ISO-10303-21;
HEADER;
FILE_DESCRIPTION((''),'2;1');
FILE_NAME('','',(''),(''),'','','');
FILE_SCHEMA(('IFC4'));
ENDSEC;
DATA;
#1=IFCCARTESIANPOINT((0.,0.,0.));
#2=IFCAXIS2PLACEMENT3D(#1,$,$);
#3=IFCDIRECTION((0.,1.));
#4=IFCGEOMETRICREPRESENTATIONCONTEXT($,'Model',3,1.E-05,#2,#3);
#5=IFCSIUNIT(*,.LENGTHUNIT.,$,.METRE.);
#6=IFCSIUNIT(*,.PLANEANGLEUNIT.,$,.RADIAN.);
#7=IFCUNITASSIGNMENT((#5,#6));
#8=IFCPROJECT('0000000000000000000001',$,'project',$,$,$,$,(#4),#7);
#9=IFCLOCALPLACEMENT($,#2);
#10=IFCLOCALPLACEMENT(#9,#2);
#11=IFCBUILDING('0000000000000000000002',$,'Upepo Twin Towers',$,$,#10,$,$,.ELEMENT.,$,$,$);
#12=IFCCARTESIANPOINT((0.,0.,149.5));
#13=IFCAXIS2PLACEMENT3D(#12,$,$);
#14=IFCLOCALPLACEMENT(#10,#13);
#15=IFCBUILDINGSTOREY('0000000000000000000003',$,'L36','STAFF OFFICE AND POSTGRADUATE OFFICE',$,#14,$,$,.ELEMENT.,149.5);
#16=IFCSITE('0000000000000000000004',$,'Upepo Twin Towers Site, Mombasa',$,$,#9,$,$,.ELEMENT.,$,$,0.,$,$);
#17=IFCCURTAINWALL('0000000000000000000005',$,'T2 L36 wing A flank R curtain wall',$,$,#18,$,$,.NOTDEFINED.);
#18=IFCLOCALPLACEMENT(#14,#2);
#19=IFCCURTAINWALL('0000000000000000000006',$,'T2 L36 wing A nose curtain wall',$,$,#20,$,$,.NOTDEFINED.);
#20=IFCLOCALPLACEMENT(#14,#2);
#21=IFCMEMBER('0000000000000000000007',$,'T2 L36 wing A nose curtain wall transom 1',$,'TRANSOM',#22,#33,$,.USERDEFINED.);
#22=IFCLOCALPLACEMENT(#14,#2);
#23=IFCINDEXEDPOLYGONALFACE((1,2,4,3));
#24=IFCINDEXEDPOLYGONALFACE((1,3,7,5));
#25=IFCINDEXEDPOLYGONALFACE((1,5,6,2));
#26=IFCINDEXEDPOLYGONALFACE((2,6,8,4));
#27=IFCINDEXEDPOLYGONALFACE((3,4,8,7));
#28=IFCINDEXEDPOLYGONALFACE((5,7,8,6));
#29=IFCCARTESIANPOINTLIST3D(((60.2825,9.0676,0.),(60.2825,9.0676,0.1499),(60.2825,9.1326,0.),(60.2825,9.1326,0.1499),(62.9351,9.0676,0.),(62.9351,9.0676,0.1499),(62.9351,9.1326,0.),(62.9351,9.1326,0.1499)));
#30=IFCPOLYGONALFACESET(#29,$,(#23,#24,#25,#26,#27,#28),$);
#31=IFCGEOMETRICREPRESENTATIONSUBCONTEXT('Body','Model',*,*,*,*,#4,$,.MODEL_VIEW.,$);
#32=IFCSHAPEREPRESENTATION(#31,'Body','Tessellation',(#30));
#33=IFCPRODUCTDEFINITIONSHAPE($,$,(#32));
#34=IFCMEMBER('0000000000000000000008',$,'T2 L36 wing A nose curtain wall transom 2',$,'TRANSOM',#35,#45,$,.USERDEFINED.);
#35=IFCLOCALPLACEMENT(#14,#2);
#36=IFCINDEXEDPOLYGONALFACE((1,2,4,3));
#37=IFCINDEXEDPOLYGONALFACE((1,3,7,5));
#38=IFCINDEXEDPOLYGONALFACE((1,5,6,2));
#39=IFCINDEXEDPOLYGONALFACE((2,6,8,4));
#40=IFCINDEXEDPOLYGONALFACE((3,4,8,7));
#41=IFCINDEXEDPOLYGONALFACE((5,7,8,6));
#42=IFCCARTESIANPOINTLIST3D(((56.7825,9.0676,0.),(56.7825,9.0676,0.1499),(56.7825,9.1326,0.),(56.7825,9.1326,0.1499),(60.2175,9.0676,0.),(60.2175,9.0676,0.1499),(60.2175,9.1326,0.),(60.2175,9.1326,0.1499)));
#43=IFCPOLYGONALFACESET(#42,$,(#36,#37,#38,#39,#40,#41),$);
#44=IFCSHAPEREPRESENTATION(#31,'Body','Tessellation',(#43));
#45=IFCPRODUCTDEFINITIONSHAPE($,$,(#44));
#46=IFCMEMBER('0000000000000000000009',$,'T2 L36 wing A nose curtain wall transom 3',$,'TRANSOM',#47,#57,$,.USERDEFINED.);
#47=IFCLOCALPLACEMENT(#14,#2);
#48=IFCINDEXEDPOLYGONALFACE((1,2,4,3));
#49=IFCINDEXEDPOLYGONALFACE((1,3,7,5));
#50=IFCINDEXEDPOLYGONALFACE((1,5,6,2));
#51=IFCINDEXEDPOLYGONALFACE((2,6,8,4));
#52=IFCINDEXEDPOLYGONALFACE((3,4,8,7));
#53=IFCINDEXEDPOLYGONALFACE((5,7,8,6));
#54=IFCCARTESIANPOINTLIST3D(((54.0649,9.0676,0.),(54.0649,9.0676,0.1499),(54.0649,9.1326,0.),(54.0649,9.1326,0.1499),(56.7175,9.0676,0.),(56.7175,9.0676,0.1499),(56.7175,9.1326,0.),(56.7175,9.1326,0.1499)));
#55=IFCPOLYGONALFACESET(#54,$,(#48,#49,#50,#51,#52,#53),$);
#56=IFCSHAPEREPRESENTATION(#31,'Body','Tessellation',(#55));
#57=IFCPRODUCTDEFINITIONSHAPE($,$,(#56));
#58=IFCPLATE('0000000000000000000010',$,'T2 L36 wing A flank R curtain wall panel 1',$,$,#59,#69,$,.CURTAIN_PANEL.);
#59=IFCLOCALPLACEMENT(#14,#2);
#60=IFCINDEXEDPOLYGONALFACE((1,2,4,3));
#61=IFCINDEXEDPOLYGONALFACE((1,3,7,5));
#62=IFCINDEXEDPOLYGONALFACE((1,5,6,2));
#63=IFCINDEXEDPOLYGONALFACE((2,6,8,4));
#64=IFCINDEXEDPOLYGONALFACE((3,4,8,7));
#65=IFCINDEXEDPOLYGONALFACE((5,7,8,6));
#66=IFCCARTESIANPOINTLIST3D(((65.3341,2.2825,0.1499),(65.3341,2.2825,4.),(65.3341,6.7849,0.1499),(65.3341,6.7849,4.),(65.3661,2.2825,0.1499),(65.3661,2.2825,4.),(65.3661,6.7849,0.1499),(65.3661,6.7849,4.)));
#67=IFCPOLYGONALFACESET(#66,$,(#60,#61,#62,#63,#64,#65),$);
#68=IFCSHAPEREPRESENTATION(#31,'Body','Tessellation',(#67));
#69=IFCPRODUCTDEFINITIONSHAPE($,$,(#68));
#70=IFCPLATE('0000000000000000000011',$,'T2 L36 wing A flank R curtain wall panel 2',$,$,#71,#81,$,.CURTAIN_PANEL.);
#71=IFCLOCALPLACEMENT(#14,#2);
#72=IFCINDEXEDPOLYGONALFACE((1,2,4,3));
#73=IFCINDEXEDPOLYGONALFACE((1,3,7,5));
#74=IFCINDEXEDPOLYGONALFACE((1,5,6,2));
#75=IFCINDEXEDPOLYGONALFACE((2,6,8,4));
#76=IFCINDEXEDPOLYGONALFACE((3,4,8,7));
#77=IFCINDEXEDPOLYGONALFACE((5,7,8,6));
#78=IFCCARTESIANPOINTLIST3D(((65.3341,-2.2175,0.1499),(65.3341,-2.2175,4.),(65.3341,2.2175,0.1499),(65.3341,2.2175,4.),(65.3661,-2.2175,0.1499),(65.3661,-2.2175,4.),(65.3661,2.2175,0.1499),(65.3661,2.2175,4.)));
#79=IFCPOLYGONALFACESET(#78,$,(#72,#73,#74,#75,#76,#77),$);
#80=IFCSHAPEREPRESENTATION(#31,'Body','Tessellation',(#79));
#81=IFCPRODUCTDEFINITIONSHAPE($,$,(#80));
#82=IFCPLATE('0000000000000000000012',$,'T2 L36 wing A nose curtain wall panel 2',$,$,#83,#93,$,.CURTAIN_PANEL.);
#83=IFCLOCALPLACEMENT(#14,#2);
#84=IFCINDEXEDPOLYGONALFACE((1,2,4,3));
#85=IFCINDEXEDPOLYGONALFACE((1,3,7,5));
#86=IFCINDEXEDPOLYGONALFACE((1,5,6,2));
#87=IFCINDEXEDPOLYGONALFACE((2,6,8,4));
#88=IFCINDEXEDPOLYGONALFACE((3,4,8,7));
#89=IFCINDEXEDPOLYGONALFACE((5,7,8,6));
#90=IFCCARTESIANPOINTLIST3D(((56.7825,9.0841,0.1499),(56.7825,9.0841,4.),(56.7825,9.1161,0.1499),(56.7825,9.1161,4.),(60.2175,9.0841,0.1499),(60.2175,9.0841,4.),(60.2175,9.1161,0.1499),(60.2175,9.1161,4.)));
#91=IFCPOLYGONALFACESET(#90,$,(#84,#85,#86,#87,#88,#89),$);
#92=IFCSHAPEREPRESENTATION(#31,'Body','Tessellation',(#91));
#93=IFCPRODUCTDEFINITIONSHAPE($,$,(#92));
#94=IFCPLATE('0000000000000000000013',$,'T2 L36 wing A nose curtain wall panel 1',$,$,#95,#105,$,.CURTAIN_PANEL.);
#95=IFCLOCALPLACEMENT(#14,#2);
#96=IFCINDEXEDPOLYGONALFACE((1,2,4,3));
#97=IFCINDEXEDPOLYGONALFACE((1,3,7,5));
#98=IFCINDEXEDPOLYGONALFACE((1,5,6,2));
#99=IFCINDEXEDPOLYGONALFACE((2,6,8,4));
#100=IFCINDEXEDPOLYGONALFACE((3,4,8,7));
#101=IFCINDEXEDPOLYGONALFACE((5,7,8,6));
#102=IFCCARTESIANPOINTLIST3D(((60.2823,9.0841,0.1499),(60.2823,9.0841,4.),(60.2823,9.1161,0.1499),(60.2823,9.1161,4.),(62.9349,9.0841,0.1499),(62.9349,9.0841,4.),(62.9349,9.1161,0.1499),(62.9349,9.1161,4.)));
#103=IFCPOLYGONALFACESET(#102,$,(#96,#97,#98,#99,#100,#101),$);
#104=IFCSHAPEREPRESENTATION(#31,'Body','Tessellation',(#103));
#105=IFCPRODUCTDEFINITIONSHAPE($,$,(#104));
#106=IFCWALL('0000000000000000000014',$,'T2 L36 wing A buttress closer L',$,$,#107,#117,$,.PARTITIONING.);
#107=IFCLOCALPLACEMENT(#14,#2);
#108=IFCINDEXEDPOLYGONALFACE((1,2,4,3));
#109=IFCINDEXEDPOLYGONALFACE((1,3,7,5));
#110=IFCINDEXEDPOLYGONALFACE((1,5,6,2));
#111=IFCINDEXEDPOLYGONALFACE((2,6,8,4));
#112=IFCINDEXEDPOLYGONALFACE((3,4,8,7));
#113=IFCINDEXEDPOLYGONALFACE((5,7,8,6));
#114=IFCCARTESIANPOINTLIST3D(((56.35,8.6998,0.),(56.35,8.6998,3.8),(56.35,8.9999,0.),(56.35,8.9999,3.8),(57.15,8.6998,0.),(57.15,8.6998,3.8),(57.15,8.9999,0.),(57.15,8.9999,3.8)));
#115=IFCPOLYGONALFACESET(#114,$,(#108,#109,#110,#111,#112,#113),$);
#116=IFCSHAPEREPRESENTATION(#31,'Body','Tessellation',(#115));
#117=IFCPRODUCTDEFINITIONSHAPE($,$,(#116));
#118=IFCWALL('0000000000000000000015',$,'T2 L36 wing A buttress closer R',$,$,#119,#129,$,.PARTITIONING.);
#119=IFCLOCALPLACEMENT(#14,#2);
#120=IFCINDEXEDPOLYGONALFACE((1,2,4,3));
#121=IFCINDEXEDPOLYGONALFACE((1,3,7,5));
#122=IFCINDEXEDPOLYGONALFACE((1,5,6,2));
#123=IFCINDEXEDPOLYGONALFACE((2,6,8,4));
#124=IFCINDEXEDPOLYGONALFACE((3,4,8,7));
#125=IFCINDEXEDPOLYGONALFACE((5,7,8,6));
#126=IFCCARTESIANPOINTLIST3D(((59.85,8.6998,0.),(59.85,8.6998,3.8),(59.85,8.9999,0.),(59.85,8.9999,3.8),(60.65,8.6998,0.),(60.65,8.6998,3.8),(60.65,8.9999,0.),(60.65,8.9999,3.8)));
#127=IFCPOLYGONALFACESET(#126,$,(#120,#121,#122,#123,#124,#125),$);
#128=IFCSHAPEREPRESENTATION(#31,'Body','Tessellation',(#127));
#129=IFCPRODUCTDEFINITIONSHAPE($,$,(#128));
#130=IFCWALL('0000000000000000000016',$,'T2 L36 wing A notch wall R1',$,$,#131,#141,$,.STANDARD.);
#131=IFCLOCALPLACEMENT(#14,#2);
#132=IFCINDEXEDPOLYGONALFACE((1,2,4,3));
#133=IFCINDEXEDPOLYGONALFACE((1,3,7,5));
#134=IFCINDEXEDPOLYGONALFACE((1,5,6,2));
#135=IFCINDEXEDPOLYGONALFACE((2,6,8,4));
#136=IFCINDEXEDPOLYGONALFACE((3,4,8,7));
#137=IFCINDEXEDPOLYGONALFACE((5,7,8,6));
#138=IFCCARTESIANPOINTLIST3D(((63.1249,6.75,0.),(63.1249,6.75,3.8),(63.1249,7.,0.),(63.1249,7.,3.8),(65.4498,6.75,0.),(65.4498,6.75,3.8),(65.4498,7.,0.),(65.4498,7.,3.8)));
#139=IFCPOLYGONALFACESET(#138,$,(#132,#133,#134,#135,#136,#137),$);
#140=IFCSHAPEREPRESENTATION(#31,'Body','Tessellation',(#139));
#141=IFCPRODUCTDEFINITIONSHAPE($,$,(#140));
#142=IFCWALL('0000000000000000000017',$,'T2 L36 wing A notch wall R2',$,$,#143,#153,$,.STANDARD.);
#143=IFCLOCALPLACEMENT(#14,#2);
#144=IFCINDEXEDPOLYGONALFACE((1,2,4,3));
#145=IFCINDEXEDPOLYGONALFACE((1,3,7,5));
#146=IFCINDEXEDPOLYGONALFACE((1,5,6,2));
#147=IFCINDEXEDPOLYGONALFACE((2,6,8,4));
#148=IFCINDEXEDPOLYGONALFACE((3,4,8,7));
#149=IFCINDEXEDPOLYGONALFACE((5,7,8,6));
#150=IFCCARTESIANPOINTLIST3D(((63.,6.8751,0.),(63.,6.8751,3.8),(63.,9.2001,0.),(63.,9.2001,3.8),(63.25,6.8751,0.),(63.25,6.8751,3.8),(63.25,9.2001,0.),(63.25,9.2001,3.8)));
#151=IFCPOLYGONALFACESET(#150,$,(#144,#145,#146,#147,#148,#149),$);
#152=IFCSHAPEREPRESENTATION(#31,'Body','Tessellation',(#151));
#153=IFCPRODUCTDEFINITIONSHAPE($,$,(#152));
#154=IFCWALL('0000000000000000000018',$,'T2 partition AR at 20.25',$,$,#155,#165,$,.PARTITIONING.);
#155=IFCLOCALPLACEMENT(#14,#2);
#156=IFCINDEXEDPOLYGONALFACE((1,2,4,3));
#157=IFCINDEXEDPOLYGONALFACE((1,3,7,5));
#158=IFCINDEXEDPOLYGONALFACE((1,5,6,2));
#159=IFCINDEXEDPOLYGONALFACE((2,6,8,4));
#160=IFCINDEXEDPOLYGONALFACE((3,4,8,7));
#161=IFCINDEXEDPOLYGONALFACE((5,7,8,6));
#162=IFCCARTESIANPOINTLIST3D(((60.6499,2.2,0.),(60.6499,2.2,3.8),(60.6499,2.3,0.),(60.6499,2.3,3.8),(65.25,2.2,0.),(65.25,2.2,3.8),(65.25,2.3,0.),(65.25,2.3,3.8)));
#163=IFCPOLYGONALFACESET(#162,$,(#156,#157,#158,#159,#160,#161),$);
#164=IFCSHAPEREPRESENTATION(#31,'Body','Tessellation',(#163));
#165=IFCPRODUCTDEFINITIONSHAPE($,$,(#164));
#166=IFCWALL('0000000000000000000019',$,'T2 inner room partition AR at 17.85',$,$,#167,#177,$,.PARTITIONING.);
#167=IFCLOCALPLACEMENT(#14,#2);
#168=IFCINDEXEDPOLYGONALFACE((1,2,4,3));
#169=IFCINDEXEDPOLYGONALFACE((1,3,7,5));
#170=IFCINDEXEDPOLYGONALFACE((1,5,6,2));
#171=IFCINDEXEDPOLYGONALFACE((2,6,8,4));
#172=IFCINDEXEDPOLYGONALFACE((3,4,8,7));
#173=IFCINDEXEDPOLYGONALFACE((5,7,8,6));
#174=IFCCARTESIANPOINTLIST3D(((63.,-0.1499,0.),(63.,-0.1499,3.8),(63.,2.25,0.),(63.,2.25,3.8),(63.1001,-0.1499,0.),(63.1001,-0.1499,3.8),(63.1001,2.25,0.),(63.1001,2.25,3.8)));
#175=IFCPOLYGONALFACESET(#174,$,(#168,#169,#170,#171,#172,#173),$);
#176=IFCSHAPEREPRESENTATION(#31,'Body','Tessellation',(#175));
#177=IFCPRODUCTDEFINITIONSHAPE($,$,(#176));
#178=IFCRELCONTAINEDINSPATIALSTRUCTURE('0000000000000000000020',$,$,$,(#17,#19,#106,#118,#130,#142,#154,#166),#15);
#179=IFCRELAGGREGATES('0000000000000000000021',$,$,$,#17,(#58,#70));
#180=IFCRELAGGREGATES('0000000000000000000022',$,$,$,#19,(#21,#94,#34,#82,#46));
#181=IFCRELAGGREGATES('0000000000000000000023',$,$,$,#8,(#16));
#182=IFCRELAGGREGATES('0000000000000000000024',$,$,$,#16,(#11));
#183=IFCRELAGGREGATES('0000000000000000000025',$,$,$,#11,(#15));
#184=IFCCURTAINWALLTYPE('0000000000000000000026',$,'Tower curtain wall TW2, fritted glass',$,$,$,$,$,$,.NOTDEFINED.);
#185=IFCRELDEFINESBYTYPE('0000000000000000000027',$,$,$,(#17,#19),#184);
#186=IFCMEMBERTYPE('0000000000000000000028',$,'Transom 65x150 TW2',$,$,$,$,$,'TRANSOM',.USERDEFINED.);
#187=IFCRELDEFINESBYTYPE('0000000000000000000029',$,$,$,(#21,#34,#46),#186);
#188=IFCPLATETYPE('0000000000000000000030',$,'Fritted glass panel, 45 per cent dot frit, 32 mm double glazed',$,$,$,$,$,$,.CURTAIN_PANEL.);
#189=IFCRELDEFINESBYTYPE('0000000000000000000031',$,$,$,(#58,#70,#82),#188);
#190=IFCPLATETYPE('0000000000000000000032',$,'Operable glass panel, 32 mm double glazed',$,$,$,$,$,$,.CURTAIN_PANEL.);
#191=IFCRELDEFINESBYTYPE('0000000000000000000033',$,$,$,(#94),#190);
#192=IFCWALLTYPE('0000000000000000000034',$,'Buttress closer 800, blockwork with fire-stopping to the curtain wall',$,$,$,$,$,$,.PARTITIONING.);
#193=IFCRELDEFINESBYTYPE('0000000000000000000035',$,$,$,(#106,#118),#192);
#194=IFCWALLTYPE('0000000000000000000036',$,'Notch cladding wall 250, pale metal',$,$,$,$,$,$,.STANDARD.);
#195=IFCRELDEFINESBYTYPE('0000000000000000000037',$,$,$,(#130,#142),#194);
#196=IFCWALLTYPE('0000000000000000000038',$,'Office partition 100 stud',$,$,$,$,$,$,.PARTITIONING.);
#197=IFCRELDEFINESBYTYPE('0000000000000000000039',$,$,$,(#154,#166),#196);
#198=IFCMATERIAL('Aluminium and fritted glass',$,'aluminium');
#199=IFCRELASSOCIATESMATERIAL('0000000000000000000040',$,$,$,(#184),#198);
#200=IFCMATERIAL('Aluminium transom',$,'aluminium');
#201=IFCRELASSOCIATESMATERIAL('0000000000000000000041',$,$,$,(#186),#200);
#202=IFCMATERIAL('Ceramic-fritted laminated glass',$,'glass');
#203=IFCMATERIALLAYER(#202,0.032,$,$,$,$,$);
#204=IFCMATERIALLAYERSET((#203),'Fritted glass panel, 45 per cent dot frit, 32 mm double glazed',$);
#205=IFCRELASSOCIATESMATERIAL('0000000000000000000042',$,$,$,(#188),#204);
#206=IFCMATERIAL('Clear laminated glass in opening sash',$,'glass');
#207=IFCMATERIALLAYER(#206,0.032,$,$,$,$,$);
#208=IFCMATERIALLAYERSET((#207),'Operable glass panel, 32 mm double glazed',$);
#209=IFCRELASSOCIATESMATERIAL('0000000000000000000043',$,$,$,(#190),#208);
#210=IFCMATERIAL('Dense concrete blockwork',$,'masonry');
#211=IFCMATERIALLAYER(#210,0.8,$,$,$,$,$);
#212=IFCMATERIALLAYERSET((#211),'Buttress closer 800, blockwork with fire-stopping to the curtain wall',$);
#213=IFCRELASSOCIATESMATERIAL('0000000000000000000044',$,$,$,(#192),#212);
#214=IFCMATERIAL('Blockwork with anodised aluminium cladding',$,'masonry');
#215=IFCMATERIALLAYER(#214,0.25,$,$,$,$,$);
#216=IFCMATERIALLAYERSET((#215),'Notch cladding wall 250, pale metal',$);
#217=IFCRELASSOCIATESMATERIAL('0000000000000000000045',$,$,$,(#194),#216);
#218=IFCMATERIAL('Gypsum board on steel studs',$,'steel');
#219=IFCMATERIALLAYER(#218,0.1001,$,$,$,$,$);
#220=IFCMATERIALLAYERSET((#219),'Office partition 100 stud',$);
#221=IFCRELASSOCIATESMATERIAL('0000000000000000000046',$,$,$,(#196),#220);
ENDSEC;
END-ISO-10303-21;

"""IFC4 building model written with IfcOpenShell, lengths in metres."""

from ifc_helpers import new_model, si_unit, direction, frame, frame_2d, origin, origin_2d, place, context, subcontext, project, spatial, rectangle, extrude, material, layer, layer_set, material_profile, profile_set, type_object, element, aggregate, save


model = new_model("IFC4")

# Units and contexts
model_context = context("Model", 3, precision=1e-05, world=origin(), true_north=direction((0.0, 1.0)))
body_context = subcontext(model_context, "Body", "Model", "MODEL_VIEW")
ifc_project = project(units=[si_unit("LENGTHUNIT", "METRE"), si_unit("PLANEANGLEUNIT", "RADIAN")], contexts=[model_context])

# Site, building, storey
site_placement = place(None, origin())
site = spatial("IfcSite", under=ifc_project, at=site_placement, Name="Upepo Twin Towers Site, Mombasa", CompositionType="ELEMENT", RefElevation=0.0)
building_placement = place(site_placement, origin())
building = spatial("IfcBuilding", under=site, at=building_placement, Name="Upepo Twin Towers", CompositionType="ELEMENT")
storey_placement = place(building_placement, frame((0.0, 0.0, 149.5)))
storey = spatial("IfcBuildingStorey", under=building, at=storey_placement, Name="L36", Description="STAFF OFFICE AND POSTGRADUATE OFFICE", CompositionType="ELEMENT", Elevation=149.5)

# Curtain walls
ifc_material_1 = material(Name="Aluminium and fritted glass", Category="aluminium")
curtain_wall_type = type_object("IfcCurtainWallType", Name="Tower curtain wall TW2, fritted glass", PredefinedType="NOTDEFINED", material=ifc_material_1)
curtain_wall_1_placement = place(storey_placement, origin())
curtain_wall_1 = element("IfcCurtainWall", 1, at=curtain_wall_1_placement, inside=storey, type_object=curtain_wall_type, Name="T2 L36 wing A flank R curtain wall", PredefinedType="NOTDEFINED")
curtain_wall_2_placement = place(storey_placement, origin())
curtain_wall_2 = element("IfcCurtainWall", 2, at=curtain_wall_2_placement, inside=storey, type_object=curtain_wall_type, Name="T2 L36 wing A nose curtain wall", PredefinedType="NOTDEFINED")

# Members
ifc_material_2 = material(Name="Aluminium transom", Category="aluminium")
ifc_material_profile_1 = material_profile(ifc_material_2, rectangle(XDim=0.0649, YDim=0.1499, at=origin_2d()), Name="TRANSOM 65x150")
ifc_profile_set_1 = profile_set([ifc_material_profile_1], Name="Aluminium transom")
member_type_1 = type_object("IfcMemberType", Name="Transom 65x150 TW2", ElementType="TRANSOM", PredefinedType="USERDEFINED", material=ifc_profile_set_1)
member_1_placement = place(storey_placement, frame((62.9351, 9.1001, 0.075), z_axis=(-1.0, 0.0, 0.0), x_axis=(0.0, -1.0, 0.0)))
member_1 = element("IfcMember", 3, at=member_1_placement, type_object=member_type_1, Name="T2 L36 wing A nose curtain wall transom 1", ObjectType="TRANSOM", PredefinedType="USERDEFINED", context=body_context, shape_type="SweptSolid", body=[
    extrude(rectangle(XDim=0.0649, YDim=0.1499, at=origin_2d()), origin(), (0.0, 0.0, 1.0), 2.6526),
])
member_2_placement = place(storey_placement, frame((60.2175, 9.1001, 0.075), z_axis=(-1.0, 0.0, 0.0), x_axis=(0.0, -1.0, 0.0)))
member_2 = element("IfcMember", 4, at=member_2_placement, type_object=member_type_1, Name="T2 L36 wing A nose curtain wall transom 2", ObjectType="TRANSOM", PredefinedType="USERDEFINED", context=body_context, shape_type="SweptSolid", body=[
    extrude(rectangle(XDim=0.0649, YDim=0.1499, at=origin_2d()), origin(), (0.0, 0.0, 1.0), 3.4351),
])
member_3_placement = place(storey_placement, frame((56.7175, 9.1001, 0.075), z_axis=(-1.0, 0.0, 0.0), x_axis=(0.0, -1.0, 0.0)))
member_3 = element("IfcMember", 5, at=member_3_placement, type_object=member_type_1, Name="T2 L36 wing A nose curtain wall transom 3", ObjectType="TRANSOM", PredefinedType="USERDEFINED", context=body_context, shape_type="SweptSolid", body=[
    extrude(rectangle(XDim=0.0649, YDim=0.1499, at=origin_2d()), origin(), (0.0, 0.0, 1.0), 2.6526),
])

# Plates
ifc_material_3 = material(Name="Ceramic-fritted laminated glass", Category="glass")
ifc_layer_1 = layer(ifc_material_3, 0.032)
ifc_layer_set_1 = layer_set([ifc_layer_1], Name="Fritted glass panel, 45 per cent dot frit, 32 mm double glazed")
plate_type_1 = type_object("IfcPlateType", Name="Fritted glass panel, 45 per cent dot frit, 32 mm double glazed", PredefinedType="CURTAIN_PANEL", material=ifc_layer_set_1)
plate_1_placement = place(storey_placement, frame((65.3501, 4.5337, 0.1499), z_axis=(0.0, 0.0, 1.0), x_axis=(0.0, -1.0, 0.0)))
plate_1 = element("IfcPlate", 6, at=plate_1_placement, type_object=plate_type_1, Name="T2 L36 wing A flank R curtain wall panel 1", PredefinedType="CURTAIN_PANEL", context=body_context, shape_type="SweptSolid", body=[
    extrude(rectangle(XDim=4.5024, YDim=0.032, at=origin_2d()), origin(), (0.0, 0.0, 1.0), 3.8501),
])
plate_2_placement = place(storey_placement, frame((65.3501, 0.0, 0.1499), z_axis=(0.0, 0.0, 1.0), x_axis=(0.0, -1.0, 0.0)))
plate_2 = element("IfcPlate", 7, at=plate_2_placement, type_object=plate_type_1, Name="T2 L36 wing A flank R curtain wall panel 2", PredefinedType="CURTAIN_PANEL", context=body_context, shape_type="SweptSolid", body=[
    extrude(rectangle(XDim=4.4351, YDim=0.032, at=origin_2d()), origin(), (0.0, 0.0, 1.0), 3.8501),
])
aggregate(curtain_wall_1, [plate_1, plate_2])
plate_3_placement = place(storey_placement, frame((58.5, 9.1001, 0.1499), z_axis=(0.0, 0.0, 1.0), x_axis=(-1.0, 0.0, 0.0)))
plate_3 = element("IfcPlate", 8, at=plate_3_placement, type_object=plate_type_1, Name="T2 L36 wing A nose curtain wall panel 2", PredefinedType="CURTAIN_PANEL", context=body_context, shape_type="SweptSolid", body=[
    extrude(rectangle(XDim=3.4351, YDim=0.032, at=origin_2d()), origin(), (0.0, 0.0, 1.0), 3.8501),
])
ifc_material_4 = material(Name="Clear laminated glass in opening sash", Category="glass")
ifc_layer_2 = layer(ifc_material_4, 0.032)
ifc_layer_set_2 = layer_set([ifc_layer_2], Name="Operable glass panel, 32 mm double glazed")
plate_type_2 = type_object("IfcPlateType", Name="Operable glass panel, 32 mm double glazed", PredefinedType="CURTAIN_PANEL", material=ifc_layer_set_2)
plate_4_placement = place(storey_placement, frame((61.6086, 9.1001, 0.1499), z_axis=(0.0, 0.0, 1.0), x_axis=(-1.0, 0.0, 0.0)))
plate_4 = element("IfcPlate", 9, at=plate_4_placement, type_object=plate_type_2, Name="T2 L36 wing A nose curtain wall panel 1", PredefinedType="CURTAIN_PANEL", context=body_context, shape_type="SweptSolid", body=[
    extrude(rectangle(XDim=2.6526, YDim=0.032, at=origin_2d()), origin(), (0.0, 0.0, 1.0), 3.8501),
])
aggregate(curtain_wall_2, [member_1, plate_4, member_2, plate_3, member_3])

# Walls
ifc_material_5 = material(Name="Dense concrete blockwork", Category="masonry")
ifc_layer_3 = layer(ifc_material_5, 0.8)
ifc_layer_set_3 = layer_set([ifc_layer_3], Name="Buttress closer 800, blockwork with fire-stopping to the curtain wall")
wall_type_1 = type_object("IfcWallType", Name="Buttress closer 800, blockwork with fire-stopping to the curtain wall", PredefinedType="PARTITIONING", material=ifc_layer_set_3)
for number, where, z_axis, x_axis, name in (
    (10, (56.75, 8.7, 0.0), (0.0, 0.0, 1.0), (0.0, 1.0, 0.0), "T2 L36 wing A buttress closer L"),
    (11, (60.25, 8.7, 0.0), (0.0, 0.0, 1.0), (0.0, 1.0, 0.0), "T2 L36 wing A buttress closer R"),
):
    element("IfcWall", number, at=place(storey_placement, frame(where, z_axis=z_axis, x_axis=x_axis)), inside=storey, type_object=wall_type_1, Name=name, PredefinedType="PARTITIONING", context=body_context, shape_type="SweptSolid", body=[
        extrude(rectangle(XDim=0.3, YDim=0.8, at=frame_2d((0.1499, 0.0))), origin(), (0.0, 0.0, 1.0), 3.8),
    ])
ifc_material_6 = material(Name="Blockwork with anodised aluminium cladding", Category="masonry")
ifc_layer_4 = layer(ifc_material_6, 0.25)
ifc_layer_set_4 = layer_set([ifc_layer_4], Name="Notch cladding wall 250, pale metal")
wall_type_2 = type_object("IfcWallType", Name="Notch cladding wall 250, pale metal", PredefinedType="STANDARD", material=ifc_layer_set_4)
for number, where, z_axis, x_axis, name in (
    (12, (65.45, 6.875, 0.0), (0.0, 0.0, 1.0), (-1.0, 0.0, 0.0), "T2 L36 wing A notch wall R1"),
    (13, (63.125, 6.875, 0.0), (0.0, 0.0, 1.0), (0.0, 1.0, 0.0), "T2 L36 wing A notch wall R2"),
):
    element("IfcWall", number, at=place(storey_placement, frame(where, z_axis=z_axis, x_axis=x_axis)), inside=storey, type_object=wall_type_2, Name=name, PredefinedType="STANDARD", context=body_context, shape_type="SweptSolid", body=[
        extrude(rectangle(XDim=2.325, YDim=0.25, at=frame_2d((1.1626, 0.0))), origin(), (0.0, 0.0, 1.0), 3.8),
    ])
ifc_material_7 = material(Name="Gypsum board on steel studs", Category="steel")
ifc_layer_5 = layer(ifc_material_7, 0.1001)
ifc_layer_set_5 = layer_set([ifc_layer_5], Name="Office partition 100 stud")
wall_type_3 = type_object("IfcWallType", Name="Office partition 100 stud", PredefinedType="PARTITIONING", material=ifc_layer_set_5)
wall_1_placement = place(storey_placement, frame((60.6499, 2.25, 0.0), z_axis=(0.0, 0.0, 1.0), x_axis=(1.0, 0.0, 0.0)))
element("IfcWall", 14, at=wall_1_placement, inside=storey, type_object=wall_type_3, Name="T2 partition AR at 20.25", PredefinedType="PARTITIONING", context=body_context, shape_type="SweptSolid", body=[
    extrude(rectangle(XDim=4.6001, YDim=0.1001, at=frame_2d((2.3, 0.0))), origin(), (0.0, 0.0, 1.0), 3.8),
])
wall_2_placement = place(storey_placement, frame((63.05, -0.1499, 0.0), z_axis=(0.0, 0.0, 1.0), x_axis=(0.0, 1.0, 0.0)))
element("IfcWall", 15, at=wall_2_placement, inside=storey, type_object=wall_type_3, Name="T2 inner room partition AR at 17.85", PredefinedType="PARTITIONING", context=body_context, shape_type="SweptSolid", body=[
    extrude(rectangle(XDim=2.3999, YDim=0.1001, at=frame_2d((1.2, 0.0))), origin(), (0.0, 0.0, 1.0), 3.8),
])

save(model, "model.ifc")
